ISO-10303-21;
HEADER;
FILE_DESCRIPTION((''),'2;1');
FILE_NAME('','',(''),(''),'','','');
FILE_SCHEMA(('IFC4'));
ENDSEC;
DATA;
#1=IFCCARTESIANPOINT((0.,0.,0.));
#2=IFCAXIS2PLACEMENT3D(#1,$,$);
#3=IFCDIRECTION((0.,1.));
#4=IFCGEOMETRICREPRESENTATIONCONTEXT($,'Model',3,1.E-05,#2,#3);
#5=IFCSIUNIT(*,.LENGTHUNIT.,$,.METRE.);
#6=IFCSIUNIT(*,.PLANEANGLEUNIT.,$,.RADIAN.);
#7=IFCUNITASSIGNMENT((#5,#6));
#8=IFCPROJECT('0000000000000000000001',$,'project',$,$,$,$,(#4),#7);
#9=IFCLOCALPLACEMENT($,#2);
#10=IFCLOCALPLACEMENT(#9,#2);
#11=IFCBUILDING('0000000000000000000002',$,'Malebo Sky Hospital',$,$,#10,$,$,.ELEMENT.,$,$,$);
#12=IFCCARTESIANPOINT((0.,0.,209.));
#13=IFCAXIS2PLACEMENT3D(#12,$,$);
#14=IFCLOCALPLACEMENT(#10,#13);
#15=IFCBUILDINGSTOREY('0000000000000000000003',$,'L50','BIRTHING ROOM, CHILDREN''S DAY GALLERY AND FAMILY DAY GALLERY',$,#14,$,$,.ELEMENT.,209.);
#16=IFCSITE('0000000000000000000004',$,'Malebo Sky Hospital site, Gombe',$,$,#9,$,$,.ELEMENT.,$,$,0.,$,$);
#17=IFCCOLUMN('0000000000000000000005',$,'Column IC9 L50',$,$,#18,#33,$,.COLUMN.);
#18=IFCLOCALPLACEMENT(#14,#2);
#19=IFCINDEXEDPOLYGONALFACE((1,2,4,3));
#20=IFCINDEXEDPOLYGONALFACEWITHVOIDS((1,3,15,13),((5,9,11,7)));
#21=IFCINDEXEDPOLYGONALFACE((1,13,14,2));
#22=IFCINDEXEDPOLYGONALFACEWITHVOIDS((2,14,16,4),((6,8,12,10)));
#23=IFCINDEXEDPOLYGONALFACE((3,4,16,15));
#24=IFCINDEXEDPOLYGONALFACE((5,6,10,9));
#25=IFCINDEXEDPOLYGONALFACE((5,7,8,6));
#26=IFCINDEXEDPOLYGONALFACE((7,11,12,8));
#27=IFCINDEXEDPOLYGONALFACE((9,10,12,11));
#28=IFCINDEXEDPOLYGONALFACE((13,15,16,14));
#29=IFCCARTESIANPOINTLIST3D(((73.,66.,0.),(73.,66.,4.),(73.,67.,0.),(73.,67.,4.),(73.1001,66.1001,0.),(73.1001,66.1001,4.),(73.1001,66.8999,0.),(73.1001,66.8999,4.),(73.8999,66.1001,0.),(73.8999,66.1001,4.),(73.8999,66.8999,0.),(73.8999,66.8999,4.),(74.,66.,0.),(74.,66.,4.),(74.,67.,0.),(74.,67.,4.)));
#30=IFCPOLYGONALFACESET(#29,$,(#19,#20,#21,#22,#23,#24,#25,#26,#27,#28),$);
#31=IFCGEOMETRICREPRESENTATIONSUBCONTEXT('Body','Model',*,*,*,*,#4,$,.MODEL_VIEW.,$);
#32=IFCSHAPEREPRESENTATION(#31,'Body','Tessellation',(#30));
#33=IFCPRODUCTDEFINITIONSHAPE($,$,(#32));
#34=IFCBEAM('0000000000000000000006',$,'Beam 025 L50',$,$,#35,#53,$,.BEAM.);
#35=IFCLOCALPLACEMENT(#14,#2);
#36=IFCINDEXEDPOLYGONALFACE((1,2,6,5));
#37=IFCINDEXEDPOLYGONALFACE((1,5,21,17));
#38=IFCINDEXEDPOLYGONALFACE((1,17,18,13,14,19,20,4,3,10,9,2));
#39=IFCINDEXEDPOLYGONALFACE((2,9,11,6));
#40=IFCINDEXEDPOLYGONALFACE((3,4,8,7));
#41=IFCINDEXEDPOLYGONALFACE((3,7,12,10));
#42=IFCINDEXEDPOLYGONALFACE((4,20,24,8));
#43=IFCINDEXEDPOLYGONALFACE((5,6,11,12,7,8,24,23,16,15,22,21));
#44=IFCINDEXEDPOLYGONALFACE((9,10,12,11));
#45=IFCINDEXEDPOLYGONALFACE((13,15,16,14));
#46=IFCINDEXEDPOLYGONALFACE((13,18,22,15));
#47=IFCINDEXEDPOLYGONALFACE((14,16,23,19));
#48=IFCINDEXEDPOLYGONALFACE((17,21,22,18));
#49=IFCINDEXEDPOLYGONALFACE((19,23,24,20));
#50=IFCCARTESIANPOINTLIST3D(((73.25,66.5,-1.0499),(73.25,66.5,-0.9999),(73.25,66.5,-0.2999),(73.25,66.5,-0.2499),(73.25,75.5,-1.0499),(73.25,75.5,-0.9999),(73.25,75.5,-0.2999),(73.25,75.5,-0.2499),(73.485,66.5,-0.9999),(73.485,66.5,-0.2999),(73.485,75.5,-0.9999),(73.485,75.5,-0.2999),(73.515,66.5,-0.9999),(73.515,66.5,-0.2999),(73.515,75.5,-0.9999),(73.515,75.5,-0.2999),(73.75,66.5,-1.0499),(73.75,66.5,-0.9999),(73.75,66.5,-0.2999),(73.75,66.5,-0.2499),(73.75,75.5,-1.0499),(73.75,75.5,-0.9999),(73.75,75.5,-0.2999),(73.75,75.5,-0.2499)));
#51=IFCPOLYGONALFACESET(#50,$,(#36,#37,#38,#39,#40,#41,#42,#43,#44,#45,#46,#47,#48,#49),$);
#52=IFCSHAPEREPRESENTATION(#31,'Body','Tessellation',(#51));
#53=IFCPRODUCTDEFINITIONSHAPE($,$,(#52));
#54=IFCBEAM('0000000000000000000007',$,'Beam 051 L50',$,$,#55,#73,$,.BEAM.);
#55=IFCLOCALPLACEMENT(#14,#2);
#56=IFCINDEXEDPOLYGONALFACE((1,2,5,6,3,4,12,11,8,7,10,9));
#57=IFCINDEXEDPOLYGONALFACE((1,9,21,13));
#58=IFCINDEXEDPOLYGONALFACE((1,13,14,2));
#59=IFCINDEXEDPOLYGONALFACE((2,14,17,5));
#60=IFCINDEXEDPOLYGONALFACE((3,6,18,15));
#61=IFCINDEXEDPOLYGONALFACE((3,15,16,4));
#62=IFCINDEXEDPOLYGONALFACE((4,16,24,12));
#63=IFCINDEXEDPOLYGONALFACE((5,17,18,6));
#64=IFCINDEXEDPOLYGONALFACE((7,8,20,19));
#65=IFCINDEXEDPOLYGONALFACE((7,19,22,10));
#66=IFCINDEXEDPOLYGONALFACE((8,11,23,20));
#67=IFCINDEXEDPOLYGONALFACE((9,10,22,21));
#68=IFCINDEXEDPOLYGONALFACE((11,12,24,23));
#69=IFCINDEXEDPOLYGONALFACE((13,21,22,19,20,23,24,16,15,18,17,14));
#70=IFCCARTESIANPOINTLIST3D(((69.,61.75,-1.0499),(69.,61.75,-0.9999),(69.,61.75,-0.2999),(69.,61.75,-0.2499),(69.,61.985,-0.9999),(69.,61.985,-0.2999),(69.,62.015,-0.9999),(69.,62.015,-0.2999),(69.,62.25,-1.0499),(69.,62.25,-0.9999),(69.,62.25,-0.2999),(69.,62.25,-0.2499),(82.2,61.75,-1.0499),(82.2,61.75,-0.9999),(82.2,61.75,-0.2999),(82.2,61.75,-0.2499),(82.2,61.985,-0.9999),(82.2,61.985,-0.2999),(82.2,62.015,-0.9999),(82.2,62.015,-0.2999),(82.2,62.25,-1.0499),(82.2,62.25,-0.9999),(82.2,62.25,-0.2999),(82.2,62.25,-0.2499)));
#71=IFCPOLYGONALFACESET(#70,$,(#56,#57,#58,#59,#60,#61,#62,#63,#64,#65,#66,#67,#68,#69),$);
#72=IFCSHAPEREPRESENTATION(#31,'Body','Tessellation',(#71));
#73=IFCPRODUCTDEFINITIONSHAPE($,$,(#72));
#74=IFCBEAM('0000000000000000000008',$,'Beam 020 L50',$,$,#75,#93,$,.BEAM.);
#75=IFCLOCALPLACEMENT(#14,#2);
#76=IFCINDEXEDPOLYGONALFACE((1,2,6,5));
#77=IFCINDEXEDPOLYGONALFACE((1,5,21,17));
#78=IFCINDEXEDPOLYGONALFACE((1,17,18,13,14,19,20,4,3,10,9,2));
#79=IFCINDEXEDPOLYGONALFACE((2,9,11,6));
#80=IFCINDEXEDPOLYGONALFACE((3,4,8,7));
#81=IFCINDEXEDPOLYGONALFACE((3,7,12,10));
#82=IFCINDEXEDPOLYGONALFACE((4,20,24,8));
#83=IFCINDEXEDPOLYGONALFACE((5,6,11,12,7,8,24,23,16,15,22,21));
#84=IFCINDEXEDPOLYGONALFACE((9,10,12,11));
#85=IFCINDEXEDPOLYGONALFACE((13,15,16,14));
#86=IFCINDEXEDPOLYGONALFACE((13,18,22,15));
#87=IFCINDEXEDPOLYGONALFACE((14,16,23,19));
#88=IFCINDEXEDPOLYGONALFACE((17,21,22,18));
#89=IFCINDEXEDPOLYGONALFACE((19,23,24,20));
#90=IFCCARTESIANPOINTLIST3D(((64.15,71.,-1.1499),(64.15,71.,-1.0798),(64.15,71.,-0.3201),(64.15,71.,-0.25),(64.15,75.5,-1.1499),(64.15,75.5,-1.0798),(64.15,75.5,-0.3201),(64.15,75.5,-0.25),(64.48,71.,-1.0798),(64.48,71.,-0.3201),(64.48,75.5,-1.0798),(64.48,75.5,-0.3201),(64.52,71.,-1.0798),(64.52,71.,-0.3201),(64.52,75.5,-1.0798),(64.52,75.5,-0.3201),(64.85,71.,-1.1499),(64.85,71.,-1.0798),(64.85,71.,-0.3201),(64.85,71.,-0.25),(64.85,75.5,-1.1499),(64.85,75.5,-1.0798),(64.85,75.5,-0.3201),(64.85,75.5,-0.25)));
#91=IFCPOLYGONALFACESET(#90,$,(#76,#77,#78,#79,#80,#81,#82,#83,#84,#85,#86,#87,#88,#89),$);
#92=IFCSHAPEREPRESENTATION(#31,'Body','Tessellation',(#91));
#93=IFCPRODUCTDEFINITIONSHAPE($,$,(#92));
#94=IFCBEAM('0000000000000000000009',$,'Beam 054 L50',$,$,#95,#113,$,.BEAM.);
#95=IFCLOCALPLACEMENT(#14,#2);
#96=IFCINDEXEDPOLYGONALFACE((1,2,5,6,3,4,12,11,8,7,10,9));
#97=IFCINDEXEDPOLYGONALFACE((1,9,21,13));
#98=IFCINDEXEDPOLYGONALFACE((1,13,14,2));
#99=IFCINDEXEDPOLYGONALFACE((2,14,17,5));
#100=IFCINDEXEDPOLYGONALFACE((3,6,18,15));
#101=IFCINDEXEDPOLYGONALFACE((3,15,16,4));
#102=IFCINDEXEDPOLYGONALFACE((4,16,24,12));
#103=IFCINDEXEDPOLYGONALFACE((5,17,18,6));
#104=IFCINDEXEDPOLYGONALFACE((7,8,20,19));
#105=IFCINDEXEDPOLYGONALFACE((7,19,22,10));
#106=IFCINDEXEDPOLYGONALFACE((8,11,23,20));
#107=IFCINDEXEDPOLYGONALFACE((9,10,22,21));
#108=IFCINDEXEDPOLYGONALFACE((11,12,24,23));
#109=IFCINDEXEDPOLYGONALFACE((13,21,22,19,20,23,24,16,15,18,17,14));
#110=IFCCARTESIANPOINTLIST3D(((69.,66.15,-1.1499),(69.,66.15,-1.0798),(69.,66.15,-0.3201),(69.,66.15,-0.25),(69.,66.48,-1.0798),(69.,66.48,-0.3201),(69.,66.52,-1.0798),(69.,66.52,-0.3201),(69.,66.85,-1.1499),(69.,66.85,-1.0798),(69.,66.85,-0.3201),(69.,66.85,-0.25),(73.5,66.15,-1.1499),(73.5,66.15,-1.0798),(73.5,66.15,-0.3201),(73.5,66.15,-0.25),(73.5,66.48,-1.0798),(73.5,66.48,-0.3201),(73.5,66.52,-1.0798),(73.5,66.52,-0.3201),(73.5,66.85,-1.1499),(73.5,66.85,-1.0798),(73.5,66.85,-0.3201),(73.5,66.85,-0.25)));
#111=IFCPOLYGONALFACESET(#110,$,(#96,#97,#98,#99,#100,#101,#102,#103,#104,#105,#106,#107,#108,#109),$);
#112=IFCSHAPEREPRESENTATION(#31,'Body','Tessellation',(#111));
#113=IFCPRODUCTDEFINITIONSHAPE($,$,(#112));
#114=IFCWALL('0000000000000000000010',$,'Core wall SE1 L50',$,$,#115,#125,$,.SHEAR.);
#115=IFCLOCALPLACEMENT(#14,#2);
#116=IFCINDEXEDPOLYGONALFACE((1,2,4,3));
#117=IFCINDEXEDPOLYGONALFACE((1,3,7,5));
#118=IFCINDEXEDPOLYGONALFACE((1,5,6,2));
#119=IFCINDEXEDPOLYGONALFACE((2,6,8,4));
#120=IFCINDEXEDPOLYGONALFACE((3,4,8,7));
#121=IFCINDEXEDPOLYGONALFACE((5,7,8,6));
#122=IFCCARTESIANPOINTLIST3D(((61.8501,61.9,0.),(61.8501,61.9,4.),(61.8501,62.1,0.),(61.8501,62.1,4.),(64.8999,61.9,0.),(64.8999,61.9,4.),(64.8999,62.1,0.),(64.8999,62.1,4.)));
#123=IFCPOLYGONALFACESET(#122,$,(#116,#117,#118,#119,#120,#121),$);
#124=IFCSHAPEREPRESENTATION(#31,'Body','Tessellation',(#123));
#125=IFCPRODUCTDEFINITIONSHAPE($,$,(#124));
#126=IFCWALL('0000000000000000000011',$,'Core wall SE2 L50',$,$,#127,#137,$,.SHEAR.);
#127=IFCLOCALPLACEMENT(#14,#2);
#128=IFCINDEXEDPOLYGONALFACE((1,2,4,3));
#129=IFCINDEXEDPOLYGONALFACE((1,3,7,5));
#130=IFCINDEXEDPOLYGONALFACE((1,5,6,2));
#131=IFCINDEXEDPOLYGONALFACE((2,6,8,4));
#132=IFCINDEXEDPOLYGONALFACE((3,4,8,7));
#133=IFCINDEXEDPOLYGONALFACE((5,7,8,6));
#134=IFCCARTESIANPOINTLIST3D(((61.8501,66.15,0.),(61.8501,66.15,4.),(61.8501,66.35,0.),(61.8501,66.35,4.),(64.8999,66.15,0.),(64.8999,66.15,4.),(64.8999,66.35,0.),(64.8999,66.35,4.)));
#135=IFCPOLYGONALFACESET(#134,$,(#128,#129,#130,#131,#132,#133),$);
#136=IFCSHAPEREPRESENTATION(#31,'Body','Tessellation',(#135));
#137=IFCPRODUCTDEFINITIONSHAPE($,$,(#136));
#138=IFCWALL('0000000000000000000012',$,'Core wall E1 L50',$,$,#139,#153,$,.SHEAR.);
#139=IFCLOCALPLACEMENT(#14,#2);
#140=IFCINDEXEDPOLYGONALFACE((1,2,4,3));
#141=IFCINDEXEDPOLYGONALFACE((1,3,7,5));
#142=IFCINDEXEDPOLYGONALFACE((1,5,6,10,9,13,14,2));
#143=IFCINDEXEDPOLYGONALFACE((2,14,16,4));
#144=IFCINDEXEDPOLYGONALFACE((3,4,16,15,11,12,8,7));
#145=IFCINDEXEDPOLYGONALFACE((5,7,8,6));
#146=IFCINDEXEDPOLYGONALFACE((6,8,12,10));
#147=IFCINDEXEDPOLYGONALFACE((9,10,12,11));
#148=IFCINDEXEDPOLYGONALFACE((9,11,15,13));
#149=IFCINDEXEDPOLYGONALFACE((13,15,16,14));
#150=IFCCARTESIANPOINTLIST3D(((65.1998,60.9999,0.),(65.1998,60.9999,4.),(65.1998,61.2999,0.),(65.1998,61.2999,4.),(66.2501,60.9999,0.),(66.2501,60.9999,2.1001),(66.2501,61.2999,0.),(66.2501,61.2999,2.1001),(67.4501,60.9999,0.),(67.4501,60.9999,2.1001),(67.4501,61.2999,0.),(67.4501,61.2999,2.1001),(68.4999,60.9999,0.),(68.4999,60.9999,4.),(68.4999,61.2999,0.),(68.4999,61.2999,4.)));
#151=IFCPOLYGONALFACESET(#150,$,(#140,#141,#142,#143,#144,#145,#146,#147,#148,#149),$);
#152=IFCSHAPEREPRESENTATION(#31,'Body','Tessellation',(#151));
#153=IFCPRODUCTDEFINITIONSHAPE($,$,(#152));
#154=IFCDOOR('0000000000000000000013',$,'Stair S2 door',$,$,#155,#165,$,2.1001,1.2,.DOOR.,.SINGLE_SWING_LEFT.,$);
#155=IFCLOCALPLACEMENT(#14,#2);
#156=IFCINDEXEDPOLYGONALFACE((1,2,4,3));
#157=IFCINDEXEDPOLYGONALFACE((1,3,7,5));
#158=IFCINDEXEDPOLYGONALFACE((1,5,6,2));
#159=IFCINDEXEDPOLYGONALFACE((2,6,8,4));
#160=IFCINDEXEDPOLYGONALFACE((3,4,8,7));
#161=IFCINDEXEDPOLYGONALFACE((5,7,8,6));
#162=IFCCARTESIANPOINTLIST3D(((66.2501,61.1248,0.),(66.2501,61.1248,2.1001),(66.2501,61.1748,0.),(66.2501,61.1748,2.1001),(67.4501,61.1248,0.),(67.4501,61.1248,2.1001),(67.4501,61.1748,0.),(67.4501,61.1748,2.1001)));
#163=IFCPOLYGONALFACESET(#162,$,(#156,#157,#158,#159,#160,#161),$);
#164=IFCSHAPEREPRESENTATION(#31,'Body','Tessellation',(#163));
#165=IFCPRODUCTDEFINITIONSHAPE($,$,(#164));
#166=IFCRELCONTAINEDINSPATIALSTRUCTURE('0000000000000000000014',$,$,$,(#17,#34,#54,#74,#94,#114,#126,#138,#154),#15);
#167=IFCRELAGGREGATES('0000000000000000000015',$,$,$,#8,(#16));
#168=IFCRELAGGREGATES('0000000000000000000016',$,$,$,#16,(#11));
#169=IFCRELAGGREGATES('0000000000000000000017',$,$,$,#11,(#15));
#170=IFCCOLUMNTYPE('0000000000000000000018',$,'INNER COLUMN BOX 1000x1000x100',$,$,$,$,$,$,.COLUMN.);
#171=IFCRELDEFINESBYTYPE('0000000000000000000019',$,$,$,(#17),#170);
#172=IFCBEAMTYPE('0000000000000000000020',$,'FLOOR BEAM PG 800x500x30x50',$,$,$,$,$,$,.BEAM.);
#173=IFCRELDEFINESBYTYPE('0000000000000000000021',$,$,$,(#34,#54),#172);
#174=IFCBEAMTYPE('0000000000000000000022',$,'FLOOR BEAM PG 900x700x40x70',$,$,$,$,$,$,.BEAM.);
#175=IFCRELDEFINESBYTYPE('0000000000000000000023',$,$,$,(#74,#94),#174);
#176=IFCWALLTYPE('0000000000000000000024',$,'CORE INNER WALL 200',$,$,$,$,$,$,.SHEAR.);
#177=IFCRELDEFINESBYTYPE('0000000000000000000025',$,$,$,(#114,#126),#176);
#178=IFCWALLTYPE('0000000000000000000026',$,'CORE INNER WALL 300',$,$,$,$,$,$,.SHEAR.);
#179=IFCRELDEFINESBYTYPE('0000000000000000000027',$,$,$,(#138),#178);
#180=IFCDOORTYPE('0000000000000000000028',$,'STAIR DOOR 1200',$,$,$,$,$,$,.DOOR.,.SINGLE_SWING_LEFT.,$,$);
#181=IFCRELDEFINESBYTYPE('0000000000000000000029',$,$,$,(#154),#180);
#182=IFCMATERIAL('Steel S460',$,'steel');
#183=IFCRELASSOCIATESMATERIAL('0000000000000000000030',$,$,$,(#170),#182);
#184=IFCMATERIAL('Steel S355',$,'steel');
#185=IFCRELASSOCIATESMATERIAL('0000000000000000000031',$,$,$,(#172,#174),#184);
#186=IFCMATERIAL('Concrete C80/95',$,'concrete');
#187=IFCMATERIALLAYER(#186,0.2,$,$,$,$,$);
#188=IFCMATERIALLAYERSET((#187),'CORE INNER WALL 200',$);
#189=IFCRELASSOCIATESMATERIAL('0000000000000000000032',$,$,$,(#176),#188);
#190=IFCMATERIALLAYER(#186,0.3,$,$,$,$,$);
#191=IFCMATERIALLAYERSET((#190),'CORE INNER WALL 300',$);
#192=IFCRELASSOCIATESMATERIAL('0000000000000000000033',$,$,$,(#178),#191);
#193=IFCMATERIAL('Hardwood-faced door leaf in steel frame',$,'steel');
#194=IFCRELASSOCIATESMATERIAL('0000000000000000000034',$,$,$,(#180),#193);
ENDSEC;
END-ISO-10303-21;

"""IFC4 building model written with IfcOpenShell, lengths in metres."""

from ifc_helpers import new_model, si_unit, direction, frame, frame_2d, origin, origin_2d, place, context, subcontext, project, spatial, rectangle, hollow_rectangle, i_section, extrude, material, layer, layer_set, material_profile, profile_set, type_object, element, fill, save


model = new_model("IFC4")

# Units and contexts
model_context = context("Model", 3, precision=1e-05, world=origin(), true_north=direction((0.0, 1.0)))
body_context = subcontext(model_context, "Body", "Model", "MODEL_VIEW")
ifc_project = project(units=[si_unit("LENGTHUNIT", "METRE"), si_unit("PLANEANGLEUNIT", "RADIAN")], contexts=[model_context])

# Site, building, storey
site_placement = place(None, origin())
site = spatial("IfcSite", under=ifc_project, at=site_placement, Name="Malebo Sky Hospital site, Gombe", CompositionType="ELEMENT", RefElevation=0.0)
building_placement = place(site_placement, origin())
building = spatial("IfcBuilding", under=site, at=building_placement, Name="Malebo Sky Hospital", CompositionType="ELEMENT")
storey_placement = place(building_placement, frame((0.0, 0.0, 209.0)))
storey = spatial("IfcBuildingStorey", under=building, at=storey_placement, Name="L50", Description="BIRTHING ROOM, CHILDREN'S DAY GALLERY AND FAMILY DAY GALLERY", CompositionType="ELEMENT", Elevation=209.0)

# Column
ifc_material_1 = material(Name="Steel S460", Category="steel")
ifc_material_profile_1 = material_profile(ifc_material_1, hollow_rectangle(XDim=1.0, YDim=1.0, WallThickness=0.1001, at=origin_2d()), Name="BOX 1000x1000x100")
ifc_profile_set_1 = profile_set([ifc_material_profile_1], Name="Steel S460")
column_type = type_object("IfcColumnType", Name="INNER COLUMN BOX 1000x1000x100", PredefinedType="COLUMN", material=ifc_profile_set_1)
column_placement = place(storey_placement, frame((73.5, 66.5, 0.0), z_axis=(0.0, 0.0, 1.0), x_axis=(1.0, 0.0, 0.0)))
element("IfcColumn", 1, at=column_placement, inside=storey, type_object=column_type, Name="Column IC9 L50", PredefinedType="COLUMN", context=body_context, shape_type="SweptSolid", body=[
    extrude(hollow_rectangle(XDim=1.0, YDim=1.0, WallThickness=0.1001, at=origin_2d()), origin(), (0.0, 0.0, 1.0), 4.0),
])

# Beams
ifc_material_2 = material(Name="Steel S355", Category="steel")
ifc_material_profile_2 = material_profile(ifc_material_2, i_section(OverallWidth=0.5, OverallDepth=0.8, WebThickness=0.03, FlangeThickness=0.05, at=origin_2d()), Name="PG 800x500x30x50")
ifc_profile_set_2 = profile_set([ifc_material_profile_2], Name="Steel S355")
beam_type_1 = type_object("IfcBeamType", Name="FLOOR BEAM PG 800x500x30x50", PredefinedType="BEAM", material=ifc_profile_set_2)
beam_1_placement = place(storey_placement, frame((73.5, 66.5, -0.6499), z_axis=(0.0, 1.0, 0.0), x_axis=(-1.0, 0.0, 0.0)))
element("IfcBeam", 2, at=beam_1_placement, inside=storey, type_object=beam_type_1, Name="Beam 025 L50", PredefinedType="BEAM", context=body_context, shape_type="SweptSolid", body=[
    extrude(i_section(OverallWidth=0.5, OverallDepth=0.8, WebThickness=0.03, FlangeThickness=0.05, at=origin_2d()), origin(), (0.0, 0.0, 1.0), 9.0),
])
beam_2_placement = place(storey_placement, frame((69.0, 62.0, -0.6499), z_axis=(1.0, 0.0, 0.0), x_axis=(0.0, 1.0, 0.0)))
element("IfcBeam", 3, at=beam_2_placement, inside=storey, type_object=beam_type_1, Name="Beam 051 L50", PredefinedType="BEAM", context=body_context, shape_type="SweptSolid", body=[
    extrude(i_section(OverallWidth=0.5, OverallDepth=0.8, WebThickness=0.03, FlangeThickness=0.05, at=origin_2d()), origin(), (0.0, 0.0, 1.0), 13.2),
])
ifc_material_profile_3 = material_profile(ifc_material_2, i_section(OverallWidth=0.7, OverallDepth=0.8999, WebThickness=0.04, FlangeThickness=0.0701, at=origin_2d()), Name="PG 900x700x40x70")
ifc_profile_set_3 = profile_set([ifc_material_profile_3], Name="Steel S355")
beam_type_2 = type_object("IfcBeamType", Name="FLOOR BEAM PG 900x700x40x70", PredefinedType="BEAM", material=ifc_profile_set_3)
for number, where, z_axis, x_axis, name in (
    (4, (64.5, 71.0, -0.7), (0.0, 1.0, 0.0), (-1.0, 0.0, 0.0), "Beam 020 L50"),
    (5, (69.0, 66.5, -0.7), (1.0, 0.0, 0.0), (0.0, 1.0, 0.0), "Beam 054 L50"),
):
    element("IfcBeam", number, at=place(storey_placement, frame(where, z_axis=z_axis, x_axis=x_axis)), inside=storey, type_object=beam_type_2, Name=name, PredefinedType="BEAM", context=body_context, shape_type="SweptSolid", body=[
        extrude(i_section(OverallWidth=0.7, OverallDepth=0.8999, WebThickness=0.04, FlangeThickness=0.0701, at=origin_2d()), origin(), (0.0, 0.0, 1.0), 4.5),
    ])

# Walls
ifc_material_3 = material(Name="Concrete C80/95", Category="concrete")
ifc_layer_1 = layer(ifc_material_3, 0.2)
ifc_layer_set_1 = layer_set([ifc_layer_1], Name="CORE INNER WALL 200")
wall_type_1 = type_object("IfcWallType", Name="CORE INNER WALL 200", PredefinedType="SHEAR", material=ifc_layer_set_1)
for number, where, z_axis, x_axis, name in (
    (6, (61.8501, 62.0, 0.0), (0.0, 0.0, 1.0), (1.0, 0.0, 0.0), "Core wall SE1 L50"),
    (7, (61.8501, 66.25, 0.0), (0.0, 0.0, 1.0), (1.0, 0.0, 0.0), "Core wall SE2 L50"),
):
    element("IfcWall", number, at=place(storey_placement, frame(where, z_axis=z_axis, x_axis=x_axis)), inside=storey, type_object=wall_type_1, Name=name, PredefinedType="SHEAR", context=body_context, shape_type="SweptSolid", body=[
        extrude(rectangle(XDim=3.0498, YDim=0.2, at=frame_2d((1.5249, 0.0))), origin(), (0.0, 0.0, 1.0), 4.0),
    ])

# Wall, opening, door
ifc_layer_2 = layer(ifc_material_3, 0.3)
ifc_layer_set_2 = layer_set([ifc_layer_2], Name="CORE INNER WALL 300")
wall_type_2 = type_object("IfcWallType", Name="CORE INNER WALL 300", PredefinedType="SHEAR", material=ifc_layer_set_2)
wall_1_placement = place(storey_placement, frame((65.2, 61.1499, 0.0), z_axis=(0.0, 0.0, 1.0), x_axis=(1.0, 0.0, 0.0)))
wall_1 = element("IfcWall", 8, at=wall_1_placement, inside=storey, type_object=wall_type_2, Name="Core wall E1 L50", PredefinedType="SHEAR", context=body_context, shape_type="SweptSolid", body=[
    extrude(rectangle(XDim=3.3, YDim=0.3, at=frame_2d((1.6499, 0.0))), origin(), (0.0, 0.0, 1.0), 4.0),
])
opening_1_placement = place(wall_1_placement, frame((1.05, 0.0, 0.0)))
opening_1 = element("IfcOpeningElement", 9, at=opening_1_placement, cuts=wall_1, PredefinedType="OPENING", context=body_context, shape_type="SweptSolid", body=[
    extrude(rectangle(XDim=1.2, YDim=2.1001, at=frame_2d((0.6001, 1.05))), frame((0.0, 0.1599, 0.0), z_axis=(0.0, -1.0, 0.0), x_axis=(1.0, 0.0, 0.0)), (0.0, 0.0, 1.0), 0.3201),
])
ifc_material_4 = material(Name="Hardwood-faced door leaf in steel frame", Category="steel")
door_type_1 = type_object("IfcDoorType", Name="STAIR DOOR 1200", OperationType="SINGLE_SWING_LEFT", PredefinedType="DOOR", material=ifc_material_4)
door_1_placement = place(opening_1_placement, origin())
door_1 = element("IfcDoor", 10, at=door_1_placement, inside=storey, type_object=door_type_1, Name="Stair S2 door", OperationType="SINGLE_SWING_LEFT", OverallHeight=2.1001, OverallWidth=1.2, PredefinedType="DOOR", context=body_context, shape_type="SweptSolid", body=[
    extrude(rectangle(XDim=1.2, YDim=2.1001, at=frame_2d((0.6001, 1.05))), frame((0.0, 0.0249, 0.0), z_axis=(0.0, -1.0, 0.0), x_axis=(1.0, 0.0, 0.0)), (0.0, 0.0, 1.0), 0.05),
])
fill(opening_1, door_1)

save(model, "model.ifc")
